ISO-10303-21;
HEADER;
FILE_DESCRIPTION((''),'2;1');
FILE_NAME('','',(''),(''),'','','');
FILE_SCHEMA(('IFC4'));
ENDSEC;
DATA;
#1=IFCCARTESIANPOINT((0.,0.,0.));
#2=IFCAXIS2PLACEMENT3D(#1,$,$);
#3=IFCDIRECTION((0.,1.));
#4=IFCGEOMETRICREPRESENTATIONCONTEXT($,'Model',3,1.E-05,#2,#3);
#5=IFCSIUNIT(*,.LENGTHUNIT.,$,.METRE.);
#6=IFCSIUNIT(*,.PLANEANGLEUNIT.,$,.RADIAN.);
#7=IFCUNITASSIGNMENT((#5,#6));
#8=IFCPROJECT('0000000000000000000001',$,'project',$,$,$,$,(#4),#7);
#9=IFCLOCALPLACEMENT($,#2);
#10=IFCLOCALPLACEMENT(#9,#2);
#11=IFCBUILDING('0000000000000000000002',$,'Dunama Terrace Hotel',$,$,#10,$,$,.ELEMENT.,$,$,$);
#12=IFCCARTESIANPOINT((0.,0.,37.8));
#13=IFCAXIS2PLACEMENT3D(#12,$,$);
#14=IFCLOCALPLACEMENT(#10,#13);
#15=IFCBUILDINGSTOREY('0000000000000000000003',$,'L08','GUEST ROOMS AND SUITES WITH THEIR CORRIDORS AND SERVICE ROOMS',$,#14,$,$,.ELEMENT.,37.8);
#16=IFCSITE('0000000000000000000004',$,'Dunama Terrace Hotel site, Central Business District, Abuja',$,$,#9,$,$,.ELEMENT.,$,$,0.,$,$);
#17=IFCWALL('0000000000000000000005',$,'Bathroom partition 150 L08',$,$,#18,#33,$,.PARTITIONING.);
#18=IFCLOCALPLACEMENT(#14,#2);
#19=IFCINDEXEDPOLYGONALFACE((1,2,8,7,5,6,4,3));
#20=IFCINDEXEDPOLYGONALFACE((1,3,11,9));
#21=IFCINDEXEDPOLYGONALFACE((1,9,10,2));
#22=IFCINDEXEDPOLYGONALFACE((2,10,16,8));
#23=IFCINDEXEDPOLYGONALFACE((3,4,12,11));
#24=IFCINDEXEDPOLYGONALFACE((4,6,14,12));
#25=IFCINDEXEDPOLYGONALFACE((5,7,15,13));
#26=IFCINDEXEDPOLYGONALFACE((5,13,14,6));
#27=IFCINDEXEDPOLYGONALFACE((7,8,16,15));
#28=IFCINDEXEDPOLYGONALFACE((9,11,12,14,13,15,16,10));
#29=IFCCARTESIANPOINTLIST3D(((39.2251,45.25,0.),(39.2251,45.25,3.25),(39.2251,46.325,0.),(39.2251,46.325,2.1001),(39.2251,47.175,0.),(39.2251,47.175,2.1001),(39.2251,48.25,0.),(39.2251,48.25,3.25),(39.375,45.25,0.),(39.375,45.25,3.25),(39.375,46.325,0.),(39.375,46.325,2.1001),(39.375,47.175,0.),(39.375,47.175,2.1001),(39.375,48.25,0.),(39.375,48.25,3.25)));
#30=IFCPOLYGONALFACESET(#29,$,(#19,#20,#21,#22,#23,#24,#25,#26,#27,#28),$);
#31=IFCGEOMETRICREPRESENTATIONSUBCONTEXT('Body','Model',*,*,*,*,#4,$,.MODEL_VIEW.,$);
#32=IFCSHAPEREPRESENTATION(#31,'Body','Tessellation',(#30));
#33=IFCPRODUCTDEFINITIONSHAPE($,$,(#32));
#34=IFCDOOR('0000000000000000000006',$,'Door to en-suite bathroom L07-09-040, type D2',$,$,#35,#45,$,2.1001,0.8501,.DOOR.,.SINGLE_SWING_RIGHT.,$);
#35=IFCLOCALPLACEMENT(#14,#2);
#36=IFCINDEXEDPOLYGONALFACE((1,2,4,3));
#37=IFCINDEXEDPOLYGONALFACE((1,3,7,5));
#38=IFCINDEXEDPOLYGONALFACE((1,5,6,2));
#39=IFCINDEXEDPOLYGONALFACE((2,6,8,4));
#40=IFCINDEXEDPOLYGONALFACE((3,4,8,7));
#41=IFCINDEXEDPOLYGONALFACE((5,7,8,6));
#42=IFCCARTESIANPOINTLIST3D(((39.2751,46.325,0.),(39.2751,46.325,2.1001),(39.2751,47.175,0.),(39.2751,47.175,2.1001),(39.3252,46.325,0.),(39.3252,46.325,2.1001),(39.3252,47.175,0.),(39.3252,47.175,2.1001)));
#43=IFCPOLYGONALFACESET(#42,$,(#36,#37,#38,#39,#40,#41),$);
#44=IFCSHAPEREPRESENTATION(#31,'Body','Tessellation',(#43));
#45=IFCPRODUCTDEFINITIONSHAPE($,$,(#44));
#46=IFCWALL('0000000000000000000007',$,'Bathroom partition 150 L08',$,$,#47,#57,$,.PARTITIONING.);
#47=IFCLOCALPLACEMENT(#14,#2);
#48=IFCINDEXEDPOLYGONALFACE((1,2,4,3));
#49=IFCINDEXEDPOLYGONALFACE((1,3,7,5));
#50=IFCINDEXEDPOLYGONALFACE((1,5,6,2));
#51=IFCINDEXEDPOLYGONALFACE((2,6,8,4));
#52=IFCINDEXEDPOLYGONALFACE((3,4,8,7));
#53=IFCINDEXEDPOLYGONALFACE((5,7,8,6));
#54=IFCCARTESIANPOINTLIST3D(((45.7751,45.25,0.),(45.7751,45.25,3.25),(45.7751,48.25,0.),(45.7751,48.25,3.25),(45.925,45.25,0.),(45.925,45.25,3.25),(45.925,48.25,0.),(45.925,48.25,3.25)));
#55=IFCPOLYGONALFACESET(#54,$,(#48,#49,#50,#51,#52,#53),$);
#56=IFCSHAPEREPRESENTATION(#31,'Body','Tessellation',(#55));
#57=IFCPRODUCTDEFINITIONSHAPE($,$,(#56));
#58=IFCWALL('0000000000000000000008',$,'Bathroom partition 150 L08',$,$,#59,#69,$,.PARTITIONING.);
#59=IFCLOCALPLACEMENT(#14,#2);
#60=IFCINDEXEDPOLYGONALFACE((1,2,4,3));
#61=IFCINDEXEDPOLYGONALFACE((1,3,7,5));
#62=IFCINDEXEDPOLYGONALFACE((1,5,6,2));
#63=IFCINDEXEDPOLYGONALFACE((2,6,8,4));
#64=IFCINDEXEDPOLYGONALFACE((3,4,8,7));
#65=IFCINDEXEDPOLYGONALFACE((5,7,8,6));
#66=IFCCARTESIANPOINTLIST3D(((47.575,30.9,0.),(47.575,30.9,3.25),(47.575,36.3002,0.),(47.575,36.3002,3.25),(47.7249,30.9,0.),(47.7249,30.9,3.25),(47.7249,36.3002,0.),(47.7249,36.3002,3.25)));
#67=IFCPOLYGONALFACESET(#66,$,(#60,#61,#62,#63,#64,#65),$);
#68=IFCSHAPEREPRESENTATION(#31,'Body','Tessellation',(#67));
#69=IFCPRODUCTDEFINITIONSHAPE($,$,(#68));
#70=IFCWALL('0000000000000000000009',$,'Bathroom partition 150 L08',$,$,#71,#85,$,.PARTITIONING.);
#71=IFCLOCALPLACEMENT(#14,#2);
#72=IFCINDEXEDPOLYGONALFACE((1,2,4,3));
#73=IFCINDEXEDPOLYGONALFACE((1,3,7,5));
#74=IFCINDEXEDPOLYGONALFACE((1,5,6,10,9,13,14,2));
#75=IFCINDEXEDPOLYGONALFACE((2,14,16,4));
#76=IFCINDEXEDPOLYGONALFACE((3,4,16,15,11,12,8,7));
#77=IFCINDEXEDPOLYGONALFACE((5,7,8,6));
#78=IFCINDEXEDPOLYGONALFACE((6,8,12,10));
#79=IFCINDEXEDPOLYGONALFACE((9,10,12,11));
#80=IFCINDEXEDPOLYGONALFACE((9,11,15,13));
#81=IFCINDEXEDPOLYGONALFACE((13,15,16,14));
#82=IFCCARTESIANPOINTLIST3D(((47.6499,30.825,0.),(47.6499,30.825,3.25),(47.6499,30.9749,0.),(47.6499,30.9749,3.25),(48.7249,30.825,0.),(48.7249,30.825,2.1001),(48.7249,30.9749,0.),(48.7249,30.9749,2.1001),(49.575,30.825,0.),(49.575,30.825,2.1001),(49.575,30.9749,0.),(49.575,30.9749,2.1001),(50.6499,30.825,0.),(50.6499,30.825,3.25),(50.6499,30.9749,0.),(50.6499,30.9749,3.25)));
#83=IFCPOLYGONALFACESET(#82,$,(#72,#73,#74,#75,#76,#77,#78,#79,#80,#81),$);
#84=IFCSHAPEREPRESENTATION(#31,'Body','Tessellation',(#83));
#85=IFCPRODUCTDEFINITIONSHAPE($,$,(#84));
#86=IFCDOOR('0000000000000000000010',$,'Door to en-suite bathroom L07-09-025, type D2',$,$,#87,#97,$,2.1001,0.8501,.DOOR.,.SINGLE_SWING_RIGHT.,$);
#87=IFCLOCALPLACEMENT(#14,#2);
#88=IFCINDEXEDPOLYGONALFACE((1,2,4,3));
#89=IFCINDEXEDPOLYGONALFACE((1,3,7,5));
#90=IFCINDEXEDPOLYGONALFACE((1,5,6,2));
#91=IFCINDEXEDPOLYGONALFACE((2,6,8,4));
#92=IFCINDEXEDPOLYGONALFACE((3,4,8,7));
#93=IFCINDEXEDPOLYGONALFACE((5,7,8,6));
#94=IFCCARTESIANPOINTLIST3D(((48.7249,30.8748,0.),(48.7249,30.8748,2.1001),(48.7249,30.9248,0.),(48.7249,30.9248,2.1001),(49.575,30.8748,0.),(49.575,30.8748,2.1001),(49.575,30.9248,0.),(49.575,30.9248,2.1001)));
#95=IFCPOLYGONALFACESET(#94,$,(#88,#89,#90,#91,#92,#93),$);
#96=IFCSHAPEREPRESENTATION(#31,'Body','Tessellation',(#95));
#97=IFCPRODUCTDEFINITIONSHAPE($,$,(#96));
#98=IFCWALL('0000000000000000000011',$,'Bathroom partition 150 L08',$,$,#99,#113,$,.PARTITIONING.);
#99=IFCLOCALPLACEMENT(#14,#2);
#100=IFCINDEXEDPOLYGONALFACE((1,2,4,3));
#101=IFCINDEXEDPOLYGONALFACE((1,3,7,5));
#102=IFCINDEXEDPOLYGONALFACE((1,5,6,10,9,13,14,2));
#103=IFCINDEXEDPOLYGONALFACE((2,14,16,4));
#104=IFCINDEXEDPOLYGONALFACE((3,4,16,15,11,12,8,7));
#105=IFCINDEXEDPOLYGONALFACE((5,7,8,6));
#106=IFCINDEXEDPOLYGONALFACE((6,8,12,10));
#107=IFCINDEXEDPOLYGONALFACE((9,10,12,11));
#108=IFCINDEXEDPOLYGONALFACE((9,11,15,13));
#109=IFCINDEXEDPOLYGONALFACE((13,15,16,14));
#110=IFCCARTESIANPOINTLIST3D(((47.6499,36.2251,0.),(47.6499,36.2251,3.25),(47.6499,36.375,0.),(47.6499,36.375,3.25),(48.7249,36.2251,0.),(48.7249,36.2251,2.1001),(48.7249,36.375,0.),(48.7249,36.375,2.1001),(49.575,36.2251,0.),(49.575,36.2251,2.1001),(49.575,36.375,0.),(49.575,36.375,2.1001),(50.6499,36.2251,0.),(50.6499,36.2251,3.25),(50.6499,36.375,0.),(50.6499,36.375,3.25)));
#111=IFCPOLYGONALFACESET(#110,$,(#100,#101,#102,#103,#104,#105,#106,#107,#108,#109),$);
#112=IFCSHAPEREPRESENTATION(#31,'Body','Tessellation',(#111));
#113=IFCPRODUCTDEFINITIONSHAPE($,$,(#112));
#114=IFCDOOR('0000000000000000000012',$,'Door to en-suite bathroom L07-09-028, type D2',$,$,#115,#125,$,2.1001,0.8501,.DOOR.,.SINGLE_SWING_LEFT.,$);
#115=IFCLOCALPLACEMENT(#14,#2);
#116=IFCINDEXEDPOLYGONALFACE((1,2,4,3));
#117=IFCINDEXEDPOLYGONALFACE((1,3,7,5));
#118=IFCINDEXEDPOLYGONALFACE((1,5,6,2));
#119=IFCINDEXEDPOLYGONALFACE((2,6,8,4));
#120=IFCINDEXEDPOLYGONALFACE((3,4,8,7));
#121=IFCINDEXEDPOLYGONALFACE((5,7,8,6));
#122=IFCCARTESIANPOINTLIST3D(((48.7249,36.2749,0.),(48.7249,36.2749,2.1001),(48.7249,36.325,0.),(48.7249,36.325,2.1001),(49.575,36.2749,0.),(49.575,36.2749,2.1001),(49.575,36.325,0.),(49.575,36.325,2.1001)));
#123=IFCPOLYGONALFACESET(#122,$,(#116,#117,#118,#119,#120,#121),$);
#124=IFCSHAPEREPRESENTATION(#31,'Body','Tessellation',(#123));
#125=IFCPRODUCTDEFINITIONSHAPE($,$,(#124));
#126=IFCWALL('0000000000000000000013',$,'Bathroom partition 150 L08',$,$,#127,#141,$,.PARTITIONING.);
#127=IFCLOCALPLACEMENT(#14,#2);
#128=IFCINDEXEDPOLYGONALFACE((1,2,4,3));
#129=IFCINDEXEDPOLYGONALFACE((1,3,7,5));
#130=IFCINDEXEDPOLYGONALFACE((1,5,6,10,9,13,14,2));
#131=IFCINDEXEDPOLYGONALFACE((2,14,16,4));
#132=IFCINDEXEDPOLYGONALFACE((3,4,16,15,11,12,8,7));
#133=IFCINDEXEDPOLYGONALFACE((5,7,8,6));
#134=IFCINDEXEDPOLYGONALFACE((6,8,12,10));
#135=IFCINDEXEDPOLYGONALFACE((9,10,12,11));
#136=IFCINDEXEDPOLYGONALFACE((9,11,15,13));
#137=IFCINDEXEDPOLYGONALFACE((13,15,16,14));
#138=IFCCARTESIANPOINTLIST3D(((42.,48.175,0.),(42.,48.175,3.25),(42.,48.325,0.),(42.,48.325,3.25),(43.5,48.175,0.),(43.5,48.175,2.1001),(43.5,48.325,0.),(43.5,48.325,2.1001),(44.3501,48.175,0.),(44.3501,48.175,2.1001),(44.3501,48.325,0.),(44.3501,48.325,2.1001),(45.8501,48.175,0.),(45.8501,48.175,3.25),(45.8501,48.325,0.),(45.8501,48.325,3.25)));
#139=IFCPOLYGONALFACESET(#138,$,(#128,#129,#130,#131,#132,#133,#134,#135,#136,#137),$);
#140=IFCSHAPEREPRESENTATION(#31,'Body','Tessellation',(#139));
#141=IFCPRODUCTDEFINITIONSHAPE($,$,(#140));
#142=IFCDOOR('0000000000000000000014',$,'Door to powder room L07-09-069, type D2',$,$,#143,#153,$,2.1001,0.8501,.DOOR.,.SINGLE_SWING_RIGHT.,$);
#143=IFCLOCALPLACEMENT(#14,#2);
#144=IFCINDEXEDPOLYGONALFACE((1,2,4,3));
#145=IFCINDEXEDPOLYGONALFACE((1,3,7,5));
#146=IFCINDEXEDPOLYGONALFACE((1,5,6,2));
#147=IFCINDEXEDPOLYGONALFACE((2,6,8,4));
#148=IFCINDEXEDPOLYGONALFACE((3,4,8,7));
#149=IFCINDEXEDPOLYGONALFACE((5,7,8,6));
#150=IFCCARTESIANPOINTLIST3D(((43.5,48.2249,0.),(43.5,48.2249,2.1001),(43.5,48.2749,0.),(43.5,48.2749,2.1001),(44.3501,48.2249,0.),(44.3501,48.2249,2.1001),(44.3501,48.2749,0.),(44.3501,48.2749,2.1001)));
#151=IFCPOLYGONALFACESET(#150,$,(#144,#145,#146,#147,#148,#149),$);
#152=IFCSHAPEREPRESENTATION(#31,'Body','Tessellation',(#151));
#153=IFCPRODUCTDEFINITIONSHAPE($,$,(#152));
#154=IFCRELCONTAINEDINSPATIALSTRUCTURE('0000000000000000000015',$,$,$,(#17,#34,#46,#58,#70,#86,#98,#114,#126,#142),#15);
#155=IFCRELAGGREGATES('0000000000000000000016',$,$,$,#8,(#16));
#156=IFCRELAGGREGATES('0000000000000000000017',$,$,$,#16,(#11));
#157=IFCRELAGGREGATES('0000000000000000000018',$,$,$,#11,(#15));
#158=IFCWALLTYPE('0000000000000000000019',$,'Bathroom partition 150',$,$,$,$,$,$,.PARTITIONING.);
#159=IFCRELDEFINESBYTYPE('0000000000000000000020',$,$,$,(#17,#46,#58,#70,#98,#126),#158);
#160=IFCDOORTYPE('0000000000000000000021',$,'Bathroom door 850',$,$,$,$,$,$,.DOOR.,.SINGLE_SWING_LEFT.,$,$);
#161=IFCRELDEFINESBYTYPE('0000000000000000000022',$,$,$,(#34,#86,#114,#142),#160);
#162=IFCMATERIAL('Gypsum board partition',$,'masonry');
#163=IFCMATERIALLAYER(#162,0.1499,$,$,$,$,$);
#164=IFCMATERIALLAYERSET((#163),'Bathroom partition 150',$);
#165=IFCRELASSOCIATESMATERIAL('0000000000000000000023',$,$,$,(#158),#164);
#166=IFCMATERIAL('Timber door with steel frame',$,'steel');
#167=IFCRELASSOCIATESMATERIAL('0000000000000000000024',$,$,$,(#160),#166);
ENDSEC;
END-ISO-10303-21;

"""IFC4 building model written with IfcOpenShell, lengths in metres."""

from ifc_helpers import new_model, si_unit, direction, frame, frame_2d, origin, place, context, subcontext, project, spatial, rectangle, extrude, material, layer, layer_set, type_object, element, fill, save


model = new_model("IFC4")

# Units and contexts
model_context = context("Model", 3, precision=1e-05, world=origin(), true_north=direction((0.0, 1.0)))
body_context = subcontext(model_context, "Body", "Model", "MODEL_VIEW")
ifc_project = project(units=[si_unit("LENGTHUNIT", "METRE"), si_unit("PLANEANGLEUNIT", "RADIAN")], contexts=[model_context])

# Site, building, storey
site_placement = place(None, origin())
site = spatial("IfcSite", under=ifc_project, at=site_placement, Name="Dunama Terrace Hotel site, Central Business District, Abuja", CompositionType="ELEMENT", RefElevation=0.0)
building_placement = place(site_placement, origin())
building = spatial("IfcBuilding", under=site, at=building_placement, Name="Dunama Terrace Hotel", CompositionType="ELEMENT")
storey_placement = place(building_placement, frame((0.0, 0.0, 37.8)))
storey = spatial("IfcBuildingStorey", under=building, at=storey_placement, Name="L08", Description="GUEST ROOMS AND SUITES WITH THEIR CORRIDORS AND SERVICE ROOMS", CompositionType="ELEMENT", Elevation=37.8)

# Wall, opening, door
ifc_material_1 = material(Name="Gypsum board partition", Category="masonry")
ifc_layer_1 = layer(ifc_material_1, 0.1499)
ifc_layer_set_1 = layer_set([ifc_layer_1], Name="Bathroom partition 150")
wall_type_1 = type_object("IfcWallType", Name="Bathroom partition 150", PredefinedType="PARTITIONING", material=ifc_layer_set_1)
wall_1_placement = place(storey_placement, frame((39.3, 45.25, 0.0), z_axis=(0.0, 0.0, 1.0), x_axis=(0.0, 1.0, 0.0)))
wall_1 = element("IfcWall", 1, at=wall_1_placement, inside=storey, type_object=wall_type_1, Name="Bathroom partition 150 L08", PredefinedType="PARTITIONING", context=body_context, shape_type="SweptSolid", body=[
    extrude(rectangle(XDim=3.0, YDim=0.1499, at=frame_2d((1.5, 0.0))), origin(), (0.0, 0.0, 1.0), 3.25),
])
opening_1_placement = place(wall_1_placement, frame((1.075, 0.0, 0.0)))
opening_1 = element("IfcOpeningElement", 2, at=opening_1_placement, cuts=wall_1, PredefinedType="OPENING", context=body_context, shape_type="SweptSolid", body=[
    extrude(rectangle(XDim=0.8501, YDim=2.1001, at=frame_2d((0.425, 1.05))), frame((0.0, 0.085, 0.0), z_axis=(0.0, -1.0, 0.0), x_axis=(1.0, 0.0, 0.0)), (0.0, 0.0, 1.0), 0.1699),
])
ifc_material_2 = material(Name="Timber door with steel frame", Category="steel")
door_type_1 = type_object("IfcDoorType", Name="Bathroom door 850", OperationType="SINGLE_SWING_LEFT", PredefinedType="DOOR", material=ifc_material_2)
door_1_placement = place(opening_1_placement, frame((0.8501, 0.0, 0.0), z_axis=(0.0, 0.0, 1.0), x_axis=(-1.0, 0.0, 0.0)))
door_1 = element("IfcDoor", 3, at=door_1_placement, inside=storey, type_object=door_type_1, Name="Door to en-suite bathroom L07-09-040, type D2", OperationType="SINGLE_SWING_RIGHT", OverallHeight=2.1001, OverallWidth=0.8501, PredefinedType="DOOR", context=body_context, shape_type="SweptSolid", body=[
    extrude(rectangle(XDim=0.8501, YDim=2.1001, at=frame_2d((0.425, 1.05))), frame((0.0, 0.0251, 0.0), z_axis=(0.0, -1.0, 0.0), x_axis=(1.0, 0.0, 0.0)), (0.0, 0.0, 1.0), 0.05),
])
fill(opening_1, door_1)

# Walls
wall_2_placement = place(storey_placement, frame((45.8501, 45.25, 0.0), z_axis=(0.0, 0.0, 1.0), x_axis=(0.0, 1.0, 0.0)))
element("IfcWall", 4, at=wall_2_placement, inside=storey, type_object=wall_type_1, Name="Bathroom partition 150 L08", PredefinedType="PARTITIONING", context=body_context, shape_type="SweptSolid", body=[
    extrude(rectangle(XDim=3.0, YDim=0.1499, at=frame_2d((1.5, 0.0))), origin(), (0.0, 0.0, 1.0), 3.25),
])
wall_3_placement = place(storey_placement, frame((47.6499, 30.8999, 0.0), z_axis=(0.0, 0.0, 1.0), x_axis=(0.0, 1.0, 0.0)))
element("IfcWall", 5, at=wall_3_placement, inside=storey, type_object=wall_type_1, Name="Bathroom partition 150 L08", PredefinedType="PARTITIONING", context=body_context, shape_type="SweptSolid", body=[
    extrude(rectangle(XDim=5.4001, YDim=0.1499, at=frame_2d((2.7002, 0.0))), origin(), (0.0, 0.0, 1.0), 3.25),
])

# Walls, openings, doors
wall_4_placement = place(storey_placement, frame((47.6499, 30.8999, 0.0), z_axis=(0.0, 0.0, 1.0), x_axis=(1.0, 0.0, 0.0)))
wall_4 = element("IfcWall", 6, at=wall_4_placement, inside=storey, type_object=wall_type_1, Name="Bathroom partition 150 L08", PredefinedType="PARTITIONING", context=body_context, shape_type="SweptSolid", body=[
    extrude(rectangle(XDim=3.0, YDim=0.1499, at=frame_2d((1.5, 0.0))), origin(), (0.0, 0.0, 1.0), 3.25),
])
opening_2_placement = place(wall_4_placement, frame((1.075, 0.0, 0.0)))
opening_2 = element("IfcOpeningElement", 7, at=opening_2_placement, cuts=wall_4, PredefinedType="OPENING", context=body_context, shape_type="SweptSolid", body=[
    extrude(rectangle(XDim=0.8501, YDim=2.1001, at=frame_2d((0.425, 1.05))), frame((0.0, 0.085, 0.0), z_axis=(0.0, -1.0, 0.0), x_axis=(1.0, 0.0, 0.0)), (0.0, 0.0, 1.0), 0.1699),
])
door_2_placement = place(opening_2_placement, origin())
door_2 = element("IfcDoor", 8, at=door_2_placement, inside=storey, type_object=door_type_1, Name="Door to en-suite bathroom L07-09-025, type D2", OperationType="SINGLE_SWING_RIGHT", OverallHeight=2.1001, OverallWidth=0.8501, PredefinedType="DOOR", context=body_context, shape_type="SweptSolid", body=[
    extrude(rectangle(XDim=0.8501, YDim=2.1001, at=frame_2d((0.425, 1.05))), frame((0.0, 0.0249, 0.0), z_axis=(0.0, -1.0, 0.0), x_axis=(1.0, 0.0, 0.0)), (0.0, 0.0, 1.0), 0.05),
])
fill(opening_2, door_2)
wall_5_placement = place(storey_placement, frame((47.6499, 36.3, 0.0), z_axis=(0.0, 0.0, 1.0), x_axis=(1.0, 0.0, 0.0)))
wall_5 = element("IfcWall", 9, at=wall_5_placement, inside=storey, type_object=wall_type_1, Name="Bathroom partition 150 L08", PredefinedType="PARTITIONING", context=body_context, shape_type="SweptSolid", body=[
    extrude(rectangle(XDim=3.0, YDim=0.1499, at=frame_2d((1.5, 0.0))), origin(), (0.0, 0.0, 1.0), 3.25),
])
opening_3_placement = place(wall_5_placement, frame((1.075, 0.0, 0.0)))
opening_3 = element("IfcOpeningElement", 10, at=opening_3_placement, cuts=wall_5, PredefinedType="OPENING", context=body_context, shape_type="SweptSolid", body=[
    extrude(rectangle(XDim=0.8501, YDim=2.1001, at=frame_2d((0.425, 1.05))), frame((0.0, 0.085, 0.0), z_axis=(0.0, -1.0, 0.0), x_axis=(1.0, 0.0, 0.0)), (0.0, 0.0, 1.0), 0.1699),
])
door_3_placement = place(opening_3_placement, frame((0.8501, 0.0, 0.0), z_axis=(0.0, 0.0, 1.0), x_axis=(-1.0, 0.0, 0.0)))
door_3 = element("IfcDoor", 11, at=door_3_placement, inside=storey, type_object=door_type_1, Name="Door to en-suite bathroom L07-09-028, type D2", OperationType="SINGLE_SWING_LEFT", OverallHeight=2.1001, OverallWidth=0.8501, PredefinedType="DOOR", context=body_context, shape_type="SweptSolid", body=[
    extrude(rectangle(XDim=0.8501, YDim=2.1001, at=frame_2d((0.425, 1.05))), frame((0.0, 0.0251, 0.0), z_axis=(0.0, -1.0, 0.0), x_axis=(1.0, 0.0, 0.0)), (0.0, 0.0, 1.0), 0.05),
])
fill(opening_3, door_3)
wall_6_placement = place(storey_placement, frame((42.0, 48.25, 0.0), z_axis=(0.0, 0.0, 1.0), x_axis=(1.0, 0.0, 0.0)))
wall_6 = element("IfcWall", 12, at=wall_6_placement, inside=storey, type_object=wall_type_1, Name="Bathroom partition 150 L08", PredefinedType="PARTITIONING", context=body_context, shape_type="SweptSolid", body=[
    extrude(rectangle(XDim=3.8501, YDim=0.1499, at=frame_2d((1.925, 0.0))), origin(), (0.0, 0.0, 1.0), 3.25),
])
opening_4_placement = place(wall_6_placement, frame((1.5, 0.0, 0.0)))
opening_4 = element("IfcOpeningElement", 13, at=opening_4_placement, cuts=wall_6, PredefinedType="OPENING", context=body_context, shape_type="SweptSolid", body=[
    extrude(rectangle(XDim=0.8501, YDim=2.1001, at=frame_2d((0.425, 1.05))), frame((0.0, 0.085, 0.0), z_axis=(0.0, -1.0, 0.0), x_axis=(1.0, 0.0, 0.0)), (0.0, 0.0, 1.0), 0.1699),
])
door_4_placement = place(opening_4_placement, frame((0.8501, 0.0, 0.0), z_axis=(0.0, 0.0, 1.0), x_axis=(-1.0, 0.0, 0.0)))
door_4 = element("IfcDoor", 14, at=door_4_placement, inside=storey, type_object=door_type_1, Name="Door to powder room L07-09-069, type D2", OperationType="SINGLE_SWING_RIGHT", OverallHeight=2.1001, OverallWidth=0.8501, PredefinedType="DOOR", context=body_context, shape_type="SweptSolid", body=[
    extrude(rectangle(XDim=0.8501, YDim=2.1001, at=frame_2d((0.425, 1.05))), frame((0.0, 0.0251, 0.0), z_axis=(0.0, -1.0, 0.0), x_axis=(1.0, 0.0, 0.0)), (0.0, 0.0, 1.0), 0.05),
])
fill(opening_4, door_4)

save(model, "model.ifc")
